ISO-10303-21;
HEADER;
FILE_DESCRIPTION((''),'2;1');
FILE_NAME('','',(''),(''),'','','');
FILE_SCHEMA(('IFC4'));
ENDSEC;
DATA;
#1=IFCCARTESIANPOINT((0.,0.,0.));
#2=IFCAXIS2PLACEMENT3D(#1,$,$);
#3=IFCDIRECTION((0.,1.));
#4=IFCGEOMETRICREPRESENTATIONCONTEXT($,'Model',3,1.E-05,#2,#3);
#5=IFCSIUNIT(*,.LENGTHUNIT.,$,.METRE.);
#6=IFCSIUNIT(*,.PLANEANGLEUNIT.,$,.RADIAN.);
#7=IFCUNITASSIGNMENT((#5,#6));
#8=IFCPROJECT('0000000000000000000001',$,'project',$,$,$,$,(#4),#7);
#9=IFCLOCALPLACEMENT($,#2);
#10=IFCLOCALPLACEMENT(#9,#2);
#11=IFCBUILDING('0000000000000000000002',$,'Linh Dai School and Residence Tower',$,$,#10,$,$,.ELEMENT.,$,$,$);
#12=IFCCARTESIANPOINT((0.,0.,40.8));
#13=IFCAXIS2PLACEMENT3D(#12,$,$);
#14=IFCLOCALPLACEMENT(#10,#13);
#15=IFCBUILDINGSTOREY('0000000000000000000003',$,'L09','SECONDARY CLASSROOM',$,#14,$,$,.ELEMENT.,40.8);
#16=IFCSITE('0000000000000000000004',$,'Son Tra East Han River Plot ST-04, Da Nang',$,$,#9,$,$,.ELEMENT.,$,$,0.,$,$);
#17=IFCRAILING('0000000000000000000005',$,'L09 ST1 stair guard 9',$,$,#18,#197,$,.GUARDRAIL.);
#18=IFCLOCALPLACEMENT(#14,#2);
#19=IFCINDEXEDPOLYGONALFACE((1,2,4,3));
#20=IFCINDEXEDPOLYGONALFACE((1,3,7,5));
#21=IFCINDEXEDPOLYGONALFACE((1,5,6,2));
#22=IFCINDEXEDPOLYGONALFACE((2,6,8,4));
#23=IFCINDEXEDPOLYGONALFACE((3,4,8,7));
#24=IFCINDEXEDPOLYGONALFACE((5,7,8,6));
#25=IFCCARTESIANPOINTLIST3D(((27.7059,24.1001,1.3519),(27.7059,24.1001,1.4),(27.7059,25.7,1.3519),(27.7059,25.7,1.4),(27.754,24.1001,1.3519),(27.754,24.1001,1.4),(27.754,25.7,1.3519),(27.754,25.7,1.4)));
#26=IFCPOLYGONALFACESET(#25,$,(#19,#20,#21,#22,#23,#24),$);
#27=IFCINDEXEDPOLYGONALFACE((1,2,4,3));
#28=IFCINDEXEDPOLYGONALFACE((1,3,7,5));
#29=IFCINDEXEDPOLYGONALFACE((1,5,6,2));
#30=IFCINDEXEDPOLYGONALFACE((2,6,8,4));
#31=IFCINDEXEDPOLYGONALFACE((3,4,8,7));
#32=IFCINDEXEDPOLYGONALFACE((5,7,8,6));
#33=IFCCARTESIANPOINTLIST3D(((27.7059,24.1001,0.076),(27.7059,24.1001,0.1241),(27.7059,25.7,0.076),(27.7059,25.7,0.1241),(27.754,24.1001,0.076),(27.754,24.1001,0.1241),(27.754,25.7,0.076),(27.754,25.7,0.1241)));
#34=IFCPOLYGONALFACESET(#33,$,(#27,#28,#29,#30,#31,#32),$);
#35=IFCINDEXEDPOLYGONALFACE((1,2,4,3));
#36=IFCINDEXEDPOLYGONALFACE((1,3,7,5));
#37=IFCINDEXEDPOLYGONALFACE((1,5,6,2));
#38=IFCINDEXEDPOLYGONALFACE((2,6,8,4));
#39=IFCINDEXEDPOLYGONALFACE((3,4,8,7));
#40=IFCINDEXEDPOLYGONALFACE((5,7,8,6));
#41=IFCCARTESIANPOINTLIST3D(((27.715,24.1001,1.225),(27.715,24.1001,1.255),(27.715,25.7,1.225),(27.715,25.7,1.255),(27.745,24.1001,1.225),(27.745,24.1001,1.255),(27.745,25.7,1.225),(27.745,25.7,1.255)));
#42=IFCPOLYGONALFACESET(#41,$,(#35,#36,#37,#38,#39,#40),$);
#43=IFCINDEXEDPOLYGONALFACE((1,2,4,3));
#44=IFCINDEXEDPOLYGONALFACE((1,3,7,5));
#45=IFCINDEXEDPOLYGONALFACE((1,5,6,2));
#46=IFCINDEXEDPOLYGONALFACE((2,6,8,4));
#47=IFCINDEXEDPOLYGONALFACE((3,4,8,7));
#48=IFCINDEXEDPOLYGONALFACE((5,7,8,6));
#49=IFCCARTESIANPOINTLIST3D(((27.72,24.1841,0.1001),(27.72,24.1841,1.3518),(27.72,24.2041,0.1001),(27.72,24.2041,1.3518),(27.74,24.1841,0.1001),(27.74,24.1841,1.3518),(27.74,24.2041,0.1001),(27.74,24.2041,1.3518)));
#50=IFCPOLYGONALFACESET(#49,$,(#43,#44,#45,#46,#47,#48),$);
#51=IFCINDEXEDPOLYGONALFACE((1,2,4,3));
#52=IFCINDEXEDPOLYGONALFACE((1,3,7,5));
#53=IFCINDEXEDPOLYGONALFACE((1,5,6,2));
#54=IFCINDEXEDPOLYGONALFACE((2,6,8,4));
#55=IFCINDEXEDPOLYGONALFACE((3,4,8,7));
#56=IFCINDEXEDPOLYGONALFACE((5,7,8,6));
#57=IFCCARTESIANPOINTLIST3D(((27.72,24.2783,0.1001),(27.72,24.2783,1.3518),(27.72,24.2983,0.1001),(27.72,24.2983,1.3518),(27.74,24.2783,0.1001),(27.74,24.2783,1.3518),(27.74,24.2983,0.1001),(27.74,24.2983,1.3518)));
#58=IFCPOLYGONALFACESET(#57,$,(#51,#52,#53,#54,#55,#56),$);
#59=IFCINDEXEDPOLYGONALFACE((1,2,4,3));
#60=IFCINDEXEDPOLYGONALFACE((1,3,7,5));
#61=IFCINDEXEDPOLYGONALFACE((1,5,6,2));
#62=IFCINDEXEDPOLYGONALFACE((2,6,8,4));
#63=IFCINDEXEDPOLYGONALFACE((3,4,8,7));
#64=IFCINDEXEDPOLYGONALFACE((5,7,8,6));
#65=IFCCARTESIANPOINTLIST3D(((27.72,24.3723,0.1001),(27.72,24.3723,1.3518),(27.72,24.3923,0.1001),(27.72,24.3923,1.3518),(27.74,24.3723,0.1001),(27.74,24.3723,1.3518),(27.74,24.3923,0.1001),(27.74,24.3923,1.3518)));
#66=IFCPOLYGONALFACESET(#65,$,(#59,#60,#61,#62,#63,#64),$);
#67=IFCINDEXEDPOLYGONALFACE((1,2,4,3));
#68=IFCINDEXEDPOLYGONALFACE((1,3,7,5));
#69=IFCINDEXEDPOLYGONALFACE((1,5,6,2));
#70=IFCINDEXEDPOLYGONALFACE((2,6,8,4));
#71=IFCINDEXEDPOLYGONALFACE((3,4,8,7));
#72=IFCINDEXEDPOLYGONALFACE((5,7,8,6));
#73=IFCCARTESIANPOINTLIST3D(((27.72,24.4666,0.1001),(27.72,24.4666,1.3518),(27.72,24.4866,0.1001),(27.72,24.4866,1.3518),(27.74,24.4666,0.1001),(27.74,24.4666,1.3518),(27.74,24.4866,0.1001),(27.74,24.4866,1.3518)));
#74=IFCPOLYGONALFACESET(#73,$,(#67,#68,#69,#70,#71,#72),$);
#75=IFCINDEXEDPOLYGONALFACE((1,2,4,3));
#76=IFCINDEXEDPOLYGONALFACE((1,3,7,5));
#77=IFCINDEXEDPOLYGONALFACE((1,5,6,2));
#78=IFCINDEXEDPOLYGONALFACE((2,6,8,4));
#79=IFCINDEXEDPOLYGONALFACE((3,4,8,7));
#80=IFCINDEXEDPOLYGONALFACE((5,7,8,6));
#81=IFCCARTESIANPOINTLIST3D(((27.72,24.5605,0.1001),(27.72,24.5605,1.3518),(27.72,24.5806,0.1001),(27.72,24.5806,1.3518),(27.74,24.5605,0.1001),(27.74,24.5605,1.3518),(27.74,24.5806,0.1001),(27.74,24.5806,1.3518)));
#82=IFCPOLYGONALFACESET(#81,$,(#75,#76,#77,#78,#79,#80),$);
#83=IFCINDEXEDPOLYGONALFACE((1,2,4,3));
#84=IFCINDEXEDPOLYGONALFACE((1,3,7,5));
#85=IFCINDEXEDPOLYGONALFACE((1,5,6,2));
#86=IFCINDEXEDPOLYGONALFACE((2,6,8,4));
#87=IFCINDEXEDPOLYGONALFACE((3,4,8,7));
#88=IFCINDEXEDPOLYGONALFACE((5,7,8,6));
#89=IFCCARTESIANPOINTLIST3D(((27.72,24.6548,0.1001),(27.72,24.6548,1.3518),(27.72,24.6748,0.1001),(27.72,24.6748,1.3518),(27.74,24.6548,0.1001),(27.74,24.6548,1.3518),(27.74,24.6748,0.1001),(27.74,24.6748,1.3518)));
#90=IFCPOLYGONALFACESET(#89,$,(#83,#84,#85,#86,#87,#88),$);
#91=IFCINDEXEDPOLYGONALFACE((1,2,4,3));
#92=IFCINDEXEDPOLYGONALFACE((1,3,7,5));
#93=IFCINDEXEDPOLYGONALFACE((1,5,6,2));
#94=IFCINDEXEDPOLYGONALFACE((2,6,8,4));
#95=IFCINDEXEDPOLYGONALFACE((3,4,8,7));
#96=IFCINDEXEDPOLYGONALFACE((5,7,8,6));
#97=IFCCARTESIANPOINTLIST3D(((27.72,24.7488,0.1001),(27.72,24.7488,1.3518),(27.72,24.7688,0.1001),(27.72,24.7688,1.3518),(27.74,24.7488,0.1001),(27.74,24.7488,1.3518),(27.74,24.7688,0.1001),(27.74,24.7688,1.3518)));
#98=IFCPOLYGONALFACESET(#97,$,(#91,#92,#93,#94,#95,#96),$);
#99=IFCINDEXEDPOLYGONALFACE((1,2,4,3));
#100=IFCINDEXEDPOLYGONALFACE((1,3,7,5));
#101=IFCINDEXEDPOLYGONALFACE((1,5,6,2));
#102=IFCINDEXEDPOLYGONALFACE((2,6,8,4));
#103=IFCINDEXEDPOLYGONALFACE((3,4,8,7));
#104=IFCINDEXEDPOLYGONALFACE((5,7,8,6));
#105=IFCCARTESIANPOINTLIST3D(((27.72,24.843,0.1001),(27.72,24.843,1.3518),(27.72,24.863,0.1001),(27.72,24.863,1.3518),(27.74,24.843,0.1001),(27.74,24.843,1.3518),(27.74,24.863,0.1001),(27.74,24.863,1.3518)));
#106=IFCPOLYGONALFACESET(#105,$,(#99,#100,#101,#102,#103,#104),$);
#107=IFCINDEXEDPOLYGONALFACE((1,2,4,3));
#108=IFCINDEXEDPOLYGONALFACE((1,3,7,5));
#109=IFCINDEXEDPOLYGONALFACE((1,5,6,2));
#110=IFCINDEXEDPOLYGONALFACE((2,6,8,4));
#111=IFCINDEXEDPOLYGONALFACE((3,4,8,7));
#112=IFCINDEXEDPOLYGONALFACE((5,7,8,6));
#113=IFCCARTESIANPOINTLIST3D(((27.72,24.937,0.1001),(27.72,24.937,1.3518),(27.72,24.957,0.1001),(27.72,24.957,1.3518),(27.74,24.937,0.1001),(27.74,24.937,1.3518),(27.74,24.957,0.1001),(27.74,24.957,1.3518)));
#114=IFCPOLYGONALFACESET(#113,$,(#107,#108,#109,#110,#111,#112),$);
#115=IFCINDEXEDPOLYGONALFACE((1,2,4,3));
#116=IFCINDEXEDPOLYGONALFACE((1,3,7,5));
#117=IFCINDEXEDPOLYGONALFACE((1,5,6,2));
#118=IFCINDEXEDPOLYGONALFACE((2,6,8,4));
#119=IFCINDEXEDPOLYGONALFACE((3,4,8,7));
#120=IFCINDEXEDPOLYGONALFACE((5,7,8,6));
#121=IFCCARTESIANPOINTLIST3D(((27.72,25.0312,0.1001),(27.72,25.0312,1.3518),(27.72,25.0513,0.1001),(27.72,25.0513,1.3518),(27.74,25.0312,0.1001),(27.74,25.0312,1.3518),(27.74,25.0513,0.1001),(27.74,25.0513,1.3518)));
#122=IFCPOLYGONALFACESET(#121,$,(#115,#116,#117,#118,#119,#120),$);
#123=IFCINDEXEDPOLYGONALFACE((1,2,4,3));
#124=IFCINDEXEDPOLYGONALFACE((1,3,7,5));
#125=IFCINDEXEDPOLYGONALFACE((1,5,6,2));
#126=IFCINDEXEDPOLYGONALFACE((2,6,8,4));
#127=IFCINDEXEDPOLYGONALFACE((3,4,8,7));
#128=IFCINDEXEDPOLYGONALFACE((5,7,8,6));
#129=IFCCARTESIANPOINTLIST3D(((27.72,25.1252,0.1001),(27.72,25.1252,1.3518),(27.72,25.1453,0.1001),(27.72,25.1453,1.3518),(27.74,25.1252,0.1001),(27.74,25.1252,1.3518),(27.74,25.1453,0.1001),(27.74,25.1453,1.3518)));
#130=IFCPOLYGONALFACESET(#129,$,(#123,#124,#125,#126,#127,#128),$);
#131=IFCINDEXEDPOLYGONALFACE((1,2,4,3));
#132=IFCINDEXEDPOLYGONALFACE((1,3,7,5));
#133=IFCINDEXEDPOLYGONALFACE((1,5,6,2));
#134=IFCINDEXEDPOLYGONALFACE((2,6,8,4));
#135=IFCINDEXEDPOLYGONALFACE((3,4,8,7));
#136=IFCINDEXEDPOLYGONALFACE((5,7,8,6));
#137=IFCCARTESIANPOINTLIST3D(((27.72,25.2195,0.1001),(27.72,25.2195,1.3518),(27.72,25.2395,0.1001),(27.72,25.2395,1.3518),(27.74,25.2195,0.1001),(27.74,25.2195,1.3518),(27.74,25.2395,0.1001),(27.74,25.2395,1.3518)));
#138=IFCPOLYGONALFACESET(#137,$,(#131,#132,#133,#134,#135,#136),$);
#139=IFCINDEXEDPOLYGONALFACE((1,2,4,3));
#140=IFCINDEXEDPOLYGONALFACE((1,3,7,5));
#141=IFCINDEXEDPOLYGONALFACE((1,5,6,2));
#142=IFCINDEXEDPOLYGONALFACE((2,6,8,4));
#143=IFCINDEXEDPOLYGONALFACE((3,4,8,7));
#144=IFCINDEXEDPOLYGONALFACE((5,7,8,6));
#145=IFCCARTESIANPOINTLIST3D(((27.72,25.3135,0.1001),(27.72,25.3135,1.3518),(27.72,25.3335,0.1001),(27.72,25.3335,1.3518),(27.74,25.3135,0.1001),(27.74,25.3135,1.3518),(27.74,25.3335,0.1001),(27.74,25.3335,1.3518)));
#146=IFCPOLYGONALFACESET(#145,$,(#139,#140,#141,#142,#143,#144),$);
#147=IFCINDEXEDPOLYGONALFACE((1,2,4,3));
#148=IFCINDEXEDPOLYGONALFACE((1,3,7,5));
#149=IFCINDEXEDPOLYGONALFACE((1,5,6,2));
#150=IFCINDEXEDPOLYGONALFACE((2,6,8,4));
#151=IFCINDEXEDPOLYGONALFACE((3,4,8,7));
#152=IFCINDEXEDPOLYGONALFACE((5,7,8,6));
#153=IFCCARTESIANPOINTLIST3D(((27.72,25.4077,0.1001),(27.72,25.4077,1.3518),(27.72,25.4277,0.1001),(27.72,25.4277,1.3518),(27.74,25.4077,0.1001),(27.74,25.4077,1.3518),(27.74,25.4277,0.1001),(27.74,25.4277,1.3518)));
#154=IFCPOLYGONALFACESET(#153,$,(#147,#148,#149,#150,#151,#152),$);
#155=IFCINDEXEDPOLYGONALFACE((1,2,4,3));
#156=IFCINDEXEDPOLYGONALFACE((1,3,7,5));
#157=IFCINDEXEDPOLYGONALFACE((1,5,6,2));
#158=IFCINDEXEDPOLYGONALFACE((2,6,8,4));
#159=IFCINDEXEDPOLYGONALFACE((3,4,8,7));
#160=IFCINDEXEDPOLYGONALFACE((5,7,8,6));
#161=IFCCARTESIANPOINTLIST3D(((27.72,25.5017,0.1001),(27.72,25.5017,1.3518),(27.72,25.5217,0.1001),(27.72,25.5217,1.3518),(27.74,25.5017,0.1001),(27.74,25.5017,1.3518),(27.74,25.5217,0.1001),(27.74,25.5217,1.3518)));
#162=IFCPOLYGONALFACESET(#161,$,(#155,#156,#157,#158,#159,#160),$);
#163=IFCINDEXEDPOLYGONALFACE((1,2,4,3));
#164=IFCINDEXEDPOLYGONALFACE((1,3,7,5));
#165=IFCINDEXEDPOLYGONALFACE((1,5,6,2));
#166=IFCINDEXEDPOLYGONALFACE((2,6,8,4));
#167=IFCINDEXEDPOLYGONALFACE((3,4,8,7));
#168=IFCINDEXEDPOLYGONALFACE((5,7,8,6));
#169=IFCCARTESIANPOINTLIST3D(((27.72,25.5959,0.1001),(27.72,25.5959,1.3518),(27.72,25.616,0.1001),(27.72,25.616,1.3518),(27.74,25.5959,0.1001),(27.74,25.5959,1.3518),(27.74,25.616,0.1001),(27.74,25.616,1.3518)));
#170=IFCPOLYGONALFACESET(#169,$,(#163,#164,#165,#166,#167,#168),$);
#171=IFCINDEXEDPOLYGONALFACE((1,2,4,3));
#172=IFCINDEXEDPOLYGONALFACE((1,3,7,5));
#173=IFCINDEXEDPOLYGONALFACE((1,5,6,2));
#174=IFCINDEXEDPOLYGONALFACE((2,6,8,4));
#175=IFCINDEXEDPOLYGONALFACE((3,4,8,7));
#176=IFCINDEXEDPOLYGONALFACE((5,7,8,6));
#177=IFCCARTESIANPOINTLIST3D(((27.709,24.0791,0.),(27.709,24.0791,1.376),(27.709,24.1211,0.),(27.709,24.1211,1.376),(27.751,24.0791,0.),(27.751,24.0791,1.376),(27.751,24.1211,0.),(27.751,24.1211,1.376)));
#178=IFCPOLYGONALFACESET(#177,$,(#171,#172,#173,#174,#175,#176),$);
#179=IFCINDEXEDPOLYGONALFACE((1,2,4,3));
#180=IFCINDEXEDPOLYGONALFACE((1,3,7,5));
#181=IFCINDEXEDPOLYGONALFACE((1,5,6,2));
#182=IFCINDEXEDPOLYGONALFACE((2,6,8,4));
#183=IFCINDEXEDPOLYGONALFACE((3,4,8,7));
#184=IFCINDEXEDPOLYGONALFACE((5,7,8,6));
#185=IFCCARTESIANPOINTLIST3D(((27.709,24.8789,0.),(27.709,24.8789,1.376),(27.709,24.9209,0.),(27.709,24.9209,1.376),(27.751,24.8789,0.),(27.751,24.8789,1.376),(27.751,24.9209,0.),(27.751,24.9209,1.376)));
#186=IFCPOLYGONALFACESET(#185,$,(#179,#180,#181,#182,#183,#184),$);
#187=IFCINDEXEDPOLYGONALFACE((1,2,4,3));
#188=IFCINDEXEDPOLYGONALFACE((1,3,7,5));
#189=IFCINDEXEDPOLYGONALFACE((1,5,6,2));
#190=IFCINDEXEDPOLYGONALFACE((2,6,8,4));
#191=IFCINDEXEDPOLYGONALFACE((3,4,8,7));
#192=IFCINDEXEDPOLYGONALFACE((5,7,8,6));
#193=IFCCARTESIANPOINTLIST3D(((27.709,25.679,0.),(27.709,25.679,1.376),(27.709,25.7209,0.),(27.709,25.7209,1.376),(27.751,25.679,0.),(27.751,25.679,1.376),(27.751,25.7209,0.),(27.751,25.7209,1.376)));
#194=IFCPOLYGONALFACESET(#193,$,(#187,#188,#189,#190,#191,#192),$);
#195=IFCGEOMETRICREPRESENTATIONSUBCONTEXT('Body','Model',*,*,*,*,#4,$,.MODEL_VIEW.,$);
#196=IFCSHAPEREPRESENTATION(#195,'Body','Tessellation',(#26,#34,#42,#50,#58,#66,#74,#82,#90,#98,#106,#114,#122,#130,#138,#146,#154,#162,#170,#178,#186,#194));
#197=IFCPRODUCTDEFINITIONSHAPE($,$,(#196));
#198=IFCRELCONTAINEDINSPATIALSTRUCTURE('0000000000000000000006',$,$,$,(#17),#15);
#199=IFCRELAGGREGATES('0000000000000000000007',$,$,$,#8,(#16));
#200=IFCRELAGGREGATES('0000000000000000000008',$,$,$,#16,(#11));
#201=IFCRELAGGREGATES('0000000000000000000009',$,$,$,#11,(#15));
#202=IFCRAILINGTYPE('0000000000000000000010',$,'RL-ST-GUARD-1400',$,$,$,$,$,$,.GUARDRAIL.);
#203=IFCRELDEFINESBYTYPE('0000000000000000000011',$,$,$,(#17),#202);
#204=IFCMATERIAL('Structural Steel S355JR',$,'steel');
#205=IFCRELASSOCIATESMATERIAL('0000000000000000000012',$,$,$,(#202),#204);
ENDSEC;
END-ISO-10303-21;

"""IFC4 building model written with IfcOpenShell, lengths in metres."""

from ifc_helpers import new_model, si_unit, direction, frame, origin, origin_2d, place, context, subcontext, project, spatial, rectangle, extrude, source, transform, mapped, material, type_object, element, save


model = new_model("IFC4")

# Units and contexts
model_context = context("Model", 3, precision=1e-05, world=origin(), true_north=direction((0.0, 1.0)))
body_context = subcontext(model_context, "Body", "Model", "MODEL_VIEW")
ifc_project = project(units=[si_unit("LENGTHUNIT", "METRE"), si_unit("PLANEANGLEUNIT", "RADIAN")], contexts=[model_context])

# Site, building, storey
site_placement = place(None, origin())
site = spatial("IfcSite", under=ifc_project, at=site_placement, Name="Son Tra East Han River Plot ST-04, Da Nang", CompositionType="ELEMENT", RefElevation=0.0)
building_placement = place(site_placement, origin())
building = spatial("IfcBuilding", under=site, at=building_placement, Name="Linh Dai School and Residence Tower", CompositionType="ELEMENT")
storey_placement = place(building_placement, frame((0.0, 0.0, 40.8)))
storey = spatial("IfcBuildingStorey", under=building, at=storey_placement, Name="L09", Description="SECONDARY CLASSROOM", CompositionType="ELEMENT", Elevation=40.8)

# Shared definitions
ifc_material_1 = material(Name="Structural Steel S355JR", Category="steel")

# Railing
railing_type_1 = type_object("IfcRailingType", Name="RL-ST-GUARD-1400", PredefinedType="GUARDRAIL", material=ifc_material_1)
shared_shape_1 = source(origin(), body_context, "Body", "SweptSolid", [
    extrude(rectangle(XDim=0.0481, YDim=0.0481, at=origin_2d()), frame((0.0, 0.0, 1.376), z_axis=(0.0, 1.0, 0.0), x_axis=(-1.0, 0.0, 0.0)), (0.0, 0.0, 1.0), 1.5999),
    extrude(rectangle(XDim=0.0481, YDim=0.0481, at=origin_2d()), frame((0.0, 0.0, 0.1001), z_axis=(0.0, 1.0, 0.0), x_axis=(-1.0, 0.0, 0.0)), (0.0, 0.0, 1.0), 1.5999),
    extrude(rectangle(XDim=0.03, YDim=0.03, at=origin_2d()), frame((0.0, 0.0, 1.24), z_axis=(0.0, 1.0, 0.0), x_axis=(-1.0, 0.0, 0.0)), (0.0, 0.0, 1.0), 1.5999),
    extrude(rectangle(XDim=0.02, YDim=0.02, at=origin_2d()), frame((0.0, 0.094, 0.1001)), (0.0, 0.0, 1.0), 1.2517),
    extrude(rectangle(XDim=0.02, YDim=0.02, at=origin_2d()), frame((0.0, 0.1882, 0.1001)), (0.0, 0.0, 1.0), 1.2517),
    extrude(rectangle(XDim=0.02, YDim=0.02, at=origin_2d()), frame((0.0, 0.2822, 0.1001)), (0.0, 0.0, 1.0), 1.2517),
    extrude(rectangle(XDim=0.02, YDim=0.02, at=origin_2d()), frame((0.0, 0.3765, 0.1001)), (0.0, 0.0, 1.0), 1.2517),
    extrude(rectangle(XDim=0.02, YDim=0.02, at=origin_2d()), frame((0.0, 0.4705, 0.1001)), (0.0, 0.0, 1.0), 1.2517),
    extrude(rectangle(XDim=0.02, YDim=0.02, at=origin_2d()), frame((0.0, 0.5647, 0.1001)), (0.0, 0.0, 1.0), 1.2517),
    extrude(rectangle(XDim=0.02, YDim=0.02, at=origin_2d()), frame((0.0, 0.6587, 0.1001)), (0.0, 0.0, 1.0), 1.2517),
    extrude(rectangle(XDim=0.02, YDim=0.02, at=origin_2d()), frame((0.0, 0.7529, 0.1001)), (0.0, 0.0, 1.0), 1.2517),
    extrude(rectangle(XDim=0.02, YDim=0.02, at=origin_2d()), frame((0.0, 0.8469, 0.1001)), (0.0, 0.0, 1.0), 1.2517),
    extrude(rectangle(XDim=0.02, YDim=0.02, at=origin_2d()), frame((0.0, 0.9412, 0.1001)), (0.0, 0.0, 1.0), 1.2517),
    extrude(rectangle(XDim=0.02, YDim=0.02, at=origin_2d()), frame((0.0, 1.0352, 0.1001)), (0.0, 0.0, 1.0), 1.2517),
    extrude(rectangle(XDim=0.02, YDim=0.02, at=origin_2d()), frame((0.0, 1.1294, 0.1001)), (0.0, 0.0, 1.0), 1.2517),
    extrude(rectangle(XDim=0.02, YDim=0.02, at=origin_2d()), frame((0.0, 1.2234, 0.1001)), (0.0, 0.0, 1.0), 1.2517),
    extrude(rectangle(XDim=0.02, YDim=0.02, at=origin_2d()), frame((0.0, 1.3176, 0.1001)), (0.0, 0.0, 1.0), 1.2517),
    extrude(rectangle(XDim=0.02, YDim=0.02, at=origin_2d()), frame((0.0, 1.4116, 0.1001)), (0.0, 0.0, 1.0), 1.2517),
    extrude(rectangle(XDim=0.02, YDim=0.02, at=origin_2d()), frame((0.0, 1.5059, 0.1001)), (0.0, 0.0, 1.0), 1.2517),
    extrude(rectangle(XDim=0.042, YDim=0.042, at=origin_2d()), origin(), (0.0, 0.0, 1.0), 1.376),
    extrude(rectangle(XDim=0.042, YDim=0.042, at=origin_2d()), frame((0.0, 0.7998, 0.0)), (0.0, 0.0, 1.0), 1.376),
    extrude(rectangle(XDim=0.042, YDim=0.042, at=origin_2d()), frame((0.0, 1.5999, 0.0)), (0.0, 0.0, 1.0), 1.376),
])
for number, where, name in (
    (1, (27.73, 24.1001, 0.0), "L09 ST1 stair guard 9"),
):
    element("IfcRailing", number, at=place(storey_placement, frame(where)), inside=storey, type_object=railing_type_1, Name=name, PredefinedType="GUARDRAIL", context=body_context, shape_type="MappedRepresentation", body=[
        mapped(shared_shape_1, transform((0.0, 0.0, 0.0), x_axis=(1.0, 0.0, 0.0), y_axis=(0.0, 1.0, 0.0), z_axis=(0.0, 0.0, 1.0), scale=1.0)),
    ])

save(model, "model.ifc")
